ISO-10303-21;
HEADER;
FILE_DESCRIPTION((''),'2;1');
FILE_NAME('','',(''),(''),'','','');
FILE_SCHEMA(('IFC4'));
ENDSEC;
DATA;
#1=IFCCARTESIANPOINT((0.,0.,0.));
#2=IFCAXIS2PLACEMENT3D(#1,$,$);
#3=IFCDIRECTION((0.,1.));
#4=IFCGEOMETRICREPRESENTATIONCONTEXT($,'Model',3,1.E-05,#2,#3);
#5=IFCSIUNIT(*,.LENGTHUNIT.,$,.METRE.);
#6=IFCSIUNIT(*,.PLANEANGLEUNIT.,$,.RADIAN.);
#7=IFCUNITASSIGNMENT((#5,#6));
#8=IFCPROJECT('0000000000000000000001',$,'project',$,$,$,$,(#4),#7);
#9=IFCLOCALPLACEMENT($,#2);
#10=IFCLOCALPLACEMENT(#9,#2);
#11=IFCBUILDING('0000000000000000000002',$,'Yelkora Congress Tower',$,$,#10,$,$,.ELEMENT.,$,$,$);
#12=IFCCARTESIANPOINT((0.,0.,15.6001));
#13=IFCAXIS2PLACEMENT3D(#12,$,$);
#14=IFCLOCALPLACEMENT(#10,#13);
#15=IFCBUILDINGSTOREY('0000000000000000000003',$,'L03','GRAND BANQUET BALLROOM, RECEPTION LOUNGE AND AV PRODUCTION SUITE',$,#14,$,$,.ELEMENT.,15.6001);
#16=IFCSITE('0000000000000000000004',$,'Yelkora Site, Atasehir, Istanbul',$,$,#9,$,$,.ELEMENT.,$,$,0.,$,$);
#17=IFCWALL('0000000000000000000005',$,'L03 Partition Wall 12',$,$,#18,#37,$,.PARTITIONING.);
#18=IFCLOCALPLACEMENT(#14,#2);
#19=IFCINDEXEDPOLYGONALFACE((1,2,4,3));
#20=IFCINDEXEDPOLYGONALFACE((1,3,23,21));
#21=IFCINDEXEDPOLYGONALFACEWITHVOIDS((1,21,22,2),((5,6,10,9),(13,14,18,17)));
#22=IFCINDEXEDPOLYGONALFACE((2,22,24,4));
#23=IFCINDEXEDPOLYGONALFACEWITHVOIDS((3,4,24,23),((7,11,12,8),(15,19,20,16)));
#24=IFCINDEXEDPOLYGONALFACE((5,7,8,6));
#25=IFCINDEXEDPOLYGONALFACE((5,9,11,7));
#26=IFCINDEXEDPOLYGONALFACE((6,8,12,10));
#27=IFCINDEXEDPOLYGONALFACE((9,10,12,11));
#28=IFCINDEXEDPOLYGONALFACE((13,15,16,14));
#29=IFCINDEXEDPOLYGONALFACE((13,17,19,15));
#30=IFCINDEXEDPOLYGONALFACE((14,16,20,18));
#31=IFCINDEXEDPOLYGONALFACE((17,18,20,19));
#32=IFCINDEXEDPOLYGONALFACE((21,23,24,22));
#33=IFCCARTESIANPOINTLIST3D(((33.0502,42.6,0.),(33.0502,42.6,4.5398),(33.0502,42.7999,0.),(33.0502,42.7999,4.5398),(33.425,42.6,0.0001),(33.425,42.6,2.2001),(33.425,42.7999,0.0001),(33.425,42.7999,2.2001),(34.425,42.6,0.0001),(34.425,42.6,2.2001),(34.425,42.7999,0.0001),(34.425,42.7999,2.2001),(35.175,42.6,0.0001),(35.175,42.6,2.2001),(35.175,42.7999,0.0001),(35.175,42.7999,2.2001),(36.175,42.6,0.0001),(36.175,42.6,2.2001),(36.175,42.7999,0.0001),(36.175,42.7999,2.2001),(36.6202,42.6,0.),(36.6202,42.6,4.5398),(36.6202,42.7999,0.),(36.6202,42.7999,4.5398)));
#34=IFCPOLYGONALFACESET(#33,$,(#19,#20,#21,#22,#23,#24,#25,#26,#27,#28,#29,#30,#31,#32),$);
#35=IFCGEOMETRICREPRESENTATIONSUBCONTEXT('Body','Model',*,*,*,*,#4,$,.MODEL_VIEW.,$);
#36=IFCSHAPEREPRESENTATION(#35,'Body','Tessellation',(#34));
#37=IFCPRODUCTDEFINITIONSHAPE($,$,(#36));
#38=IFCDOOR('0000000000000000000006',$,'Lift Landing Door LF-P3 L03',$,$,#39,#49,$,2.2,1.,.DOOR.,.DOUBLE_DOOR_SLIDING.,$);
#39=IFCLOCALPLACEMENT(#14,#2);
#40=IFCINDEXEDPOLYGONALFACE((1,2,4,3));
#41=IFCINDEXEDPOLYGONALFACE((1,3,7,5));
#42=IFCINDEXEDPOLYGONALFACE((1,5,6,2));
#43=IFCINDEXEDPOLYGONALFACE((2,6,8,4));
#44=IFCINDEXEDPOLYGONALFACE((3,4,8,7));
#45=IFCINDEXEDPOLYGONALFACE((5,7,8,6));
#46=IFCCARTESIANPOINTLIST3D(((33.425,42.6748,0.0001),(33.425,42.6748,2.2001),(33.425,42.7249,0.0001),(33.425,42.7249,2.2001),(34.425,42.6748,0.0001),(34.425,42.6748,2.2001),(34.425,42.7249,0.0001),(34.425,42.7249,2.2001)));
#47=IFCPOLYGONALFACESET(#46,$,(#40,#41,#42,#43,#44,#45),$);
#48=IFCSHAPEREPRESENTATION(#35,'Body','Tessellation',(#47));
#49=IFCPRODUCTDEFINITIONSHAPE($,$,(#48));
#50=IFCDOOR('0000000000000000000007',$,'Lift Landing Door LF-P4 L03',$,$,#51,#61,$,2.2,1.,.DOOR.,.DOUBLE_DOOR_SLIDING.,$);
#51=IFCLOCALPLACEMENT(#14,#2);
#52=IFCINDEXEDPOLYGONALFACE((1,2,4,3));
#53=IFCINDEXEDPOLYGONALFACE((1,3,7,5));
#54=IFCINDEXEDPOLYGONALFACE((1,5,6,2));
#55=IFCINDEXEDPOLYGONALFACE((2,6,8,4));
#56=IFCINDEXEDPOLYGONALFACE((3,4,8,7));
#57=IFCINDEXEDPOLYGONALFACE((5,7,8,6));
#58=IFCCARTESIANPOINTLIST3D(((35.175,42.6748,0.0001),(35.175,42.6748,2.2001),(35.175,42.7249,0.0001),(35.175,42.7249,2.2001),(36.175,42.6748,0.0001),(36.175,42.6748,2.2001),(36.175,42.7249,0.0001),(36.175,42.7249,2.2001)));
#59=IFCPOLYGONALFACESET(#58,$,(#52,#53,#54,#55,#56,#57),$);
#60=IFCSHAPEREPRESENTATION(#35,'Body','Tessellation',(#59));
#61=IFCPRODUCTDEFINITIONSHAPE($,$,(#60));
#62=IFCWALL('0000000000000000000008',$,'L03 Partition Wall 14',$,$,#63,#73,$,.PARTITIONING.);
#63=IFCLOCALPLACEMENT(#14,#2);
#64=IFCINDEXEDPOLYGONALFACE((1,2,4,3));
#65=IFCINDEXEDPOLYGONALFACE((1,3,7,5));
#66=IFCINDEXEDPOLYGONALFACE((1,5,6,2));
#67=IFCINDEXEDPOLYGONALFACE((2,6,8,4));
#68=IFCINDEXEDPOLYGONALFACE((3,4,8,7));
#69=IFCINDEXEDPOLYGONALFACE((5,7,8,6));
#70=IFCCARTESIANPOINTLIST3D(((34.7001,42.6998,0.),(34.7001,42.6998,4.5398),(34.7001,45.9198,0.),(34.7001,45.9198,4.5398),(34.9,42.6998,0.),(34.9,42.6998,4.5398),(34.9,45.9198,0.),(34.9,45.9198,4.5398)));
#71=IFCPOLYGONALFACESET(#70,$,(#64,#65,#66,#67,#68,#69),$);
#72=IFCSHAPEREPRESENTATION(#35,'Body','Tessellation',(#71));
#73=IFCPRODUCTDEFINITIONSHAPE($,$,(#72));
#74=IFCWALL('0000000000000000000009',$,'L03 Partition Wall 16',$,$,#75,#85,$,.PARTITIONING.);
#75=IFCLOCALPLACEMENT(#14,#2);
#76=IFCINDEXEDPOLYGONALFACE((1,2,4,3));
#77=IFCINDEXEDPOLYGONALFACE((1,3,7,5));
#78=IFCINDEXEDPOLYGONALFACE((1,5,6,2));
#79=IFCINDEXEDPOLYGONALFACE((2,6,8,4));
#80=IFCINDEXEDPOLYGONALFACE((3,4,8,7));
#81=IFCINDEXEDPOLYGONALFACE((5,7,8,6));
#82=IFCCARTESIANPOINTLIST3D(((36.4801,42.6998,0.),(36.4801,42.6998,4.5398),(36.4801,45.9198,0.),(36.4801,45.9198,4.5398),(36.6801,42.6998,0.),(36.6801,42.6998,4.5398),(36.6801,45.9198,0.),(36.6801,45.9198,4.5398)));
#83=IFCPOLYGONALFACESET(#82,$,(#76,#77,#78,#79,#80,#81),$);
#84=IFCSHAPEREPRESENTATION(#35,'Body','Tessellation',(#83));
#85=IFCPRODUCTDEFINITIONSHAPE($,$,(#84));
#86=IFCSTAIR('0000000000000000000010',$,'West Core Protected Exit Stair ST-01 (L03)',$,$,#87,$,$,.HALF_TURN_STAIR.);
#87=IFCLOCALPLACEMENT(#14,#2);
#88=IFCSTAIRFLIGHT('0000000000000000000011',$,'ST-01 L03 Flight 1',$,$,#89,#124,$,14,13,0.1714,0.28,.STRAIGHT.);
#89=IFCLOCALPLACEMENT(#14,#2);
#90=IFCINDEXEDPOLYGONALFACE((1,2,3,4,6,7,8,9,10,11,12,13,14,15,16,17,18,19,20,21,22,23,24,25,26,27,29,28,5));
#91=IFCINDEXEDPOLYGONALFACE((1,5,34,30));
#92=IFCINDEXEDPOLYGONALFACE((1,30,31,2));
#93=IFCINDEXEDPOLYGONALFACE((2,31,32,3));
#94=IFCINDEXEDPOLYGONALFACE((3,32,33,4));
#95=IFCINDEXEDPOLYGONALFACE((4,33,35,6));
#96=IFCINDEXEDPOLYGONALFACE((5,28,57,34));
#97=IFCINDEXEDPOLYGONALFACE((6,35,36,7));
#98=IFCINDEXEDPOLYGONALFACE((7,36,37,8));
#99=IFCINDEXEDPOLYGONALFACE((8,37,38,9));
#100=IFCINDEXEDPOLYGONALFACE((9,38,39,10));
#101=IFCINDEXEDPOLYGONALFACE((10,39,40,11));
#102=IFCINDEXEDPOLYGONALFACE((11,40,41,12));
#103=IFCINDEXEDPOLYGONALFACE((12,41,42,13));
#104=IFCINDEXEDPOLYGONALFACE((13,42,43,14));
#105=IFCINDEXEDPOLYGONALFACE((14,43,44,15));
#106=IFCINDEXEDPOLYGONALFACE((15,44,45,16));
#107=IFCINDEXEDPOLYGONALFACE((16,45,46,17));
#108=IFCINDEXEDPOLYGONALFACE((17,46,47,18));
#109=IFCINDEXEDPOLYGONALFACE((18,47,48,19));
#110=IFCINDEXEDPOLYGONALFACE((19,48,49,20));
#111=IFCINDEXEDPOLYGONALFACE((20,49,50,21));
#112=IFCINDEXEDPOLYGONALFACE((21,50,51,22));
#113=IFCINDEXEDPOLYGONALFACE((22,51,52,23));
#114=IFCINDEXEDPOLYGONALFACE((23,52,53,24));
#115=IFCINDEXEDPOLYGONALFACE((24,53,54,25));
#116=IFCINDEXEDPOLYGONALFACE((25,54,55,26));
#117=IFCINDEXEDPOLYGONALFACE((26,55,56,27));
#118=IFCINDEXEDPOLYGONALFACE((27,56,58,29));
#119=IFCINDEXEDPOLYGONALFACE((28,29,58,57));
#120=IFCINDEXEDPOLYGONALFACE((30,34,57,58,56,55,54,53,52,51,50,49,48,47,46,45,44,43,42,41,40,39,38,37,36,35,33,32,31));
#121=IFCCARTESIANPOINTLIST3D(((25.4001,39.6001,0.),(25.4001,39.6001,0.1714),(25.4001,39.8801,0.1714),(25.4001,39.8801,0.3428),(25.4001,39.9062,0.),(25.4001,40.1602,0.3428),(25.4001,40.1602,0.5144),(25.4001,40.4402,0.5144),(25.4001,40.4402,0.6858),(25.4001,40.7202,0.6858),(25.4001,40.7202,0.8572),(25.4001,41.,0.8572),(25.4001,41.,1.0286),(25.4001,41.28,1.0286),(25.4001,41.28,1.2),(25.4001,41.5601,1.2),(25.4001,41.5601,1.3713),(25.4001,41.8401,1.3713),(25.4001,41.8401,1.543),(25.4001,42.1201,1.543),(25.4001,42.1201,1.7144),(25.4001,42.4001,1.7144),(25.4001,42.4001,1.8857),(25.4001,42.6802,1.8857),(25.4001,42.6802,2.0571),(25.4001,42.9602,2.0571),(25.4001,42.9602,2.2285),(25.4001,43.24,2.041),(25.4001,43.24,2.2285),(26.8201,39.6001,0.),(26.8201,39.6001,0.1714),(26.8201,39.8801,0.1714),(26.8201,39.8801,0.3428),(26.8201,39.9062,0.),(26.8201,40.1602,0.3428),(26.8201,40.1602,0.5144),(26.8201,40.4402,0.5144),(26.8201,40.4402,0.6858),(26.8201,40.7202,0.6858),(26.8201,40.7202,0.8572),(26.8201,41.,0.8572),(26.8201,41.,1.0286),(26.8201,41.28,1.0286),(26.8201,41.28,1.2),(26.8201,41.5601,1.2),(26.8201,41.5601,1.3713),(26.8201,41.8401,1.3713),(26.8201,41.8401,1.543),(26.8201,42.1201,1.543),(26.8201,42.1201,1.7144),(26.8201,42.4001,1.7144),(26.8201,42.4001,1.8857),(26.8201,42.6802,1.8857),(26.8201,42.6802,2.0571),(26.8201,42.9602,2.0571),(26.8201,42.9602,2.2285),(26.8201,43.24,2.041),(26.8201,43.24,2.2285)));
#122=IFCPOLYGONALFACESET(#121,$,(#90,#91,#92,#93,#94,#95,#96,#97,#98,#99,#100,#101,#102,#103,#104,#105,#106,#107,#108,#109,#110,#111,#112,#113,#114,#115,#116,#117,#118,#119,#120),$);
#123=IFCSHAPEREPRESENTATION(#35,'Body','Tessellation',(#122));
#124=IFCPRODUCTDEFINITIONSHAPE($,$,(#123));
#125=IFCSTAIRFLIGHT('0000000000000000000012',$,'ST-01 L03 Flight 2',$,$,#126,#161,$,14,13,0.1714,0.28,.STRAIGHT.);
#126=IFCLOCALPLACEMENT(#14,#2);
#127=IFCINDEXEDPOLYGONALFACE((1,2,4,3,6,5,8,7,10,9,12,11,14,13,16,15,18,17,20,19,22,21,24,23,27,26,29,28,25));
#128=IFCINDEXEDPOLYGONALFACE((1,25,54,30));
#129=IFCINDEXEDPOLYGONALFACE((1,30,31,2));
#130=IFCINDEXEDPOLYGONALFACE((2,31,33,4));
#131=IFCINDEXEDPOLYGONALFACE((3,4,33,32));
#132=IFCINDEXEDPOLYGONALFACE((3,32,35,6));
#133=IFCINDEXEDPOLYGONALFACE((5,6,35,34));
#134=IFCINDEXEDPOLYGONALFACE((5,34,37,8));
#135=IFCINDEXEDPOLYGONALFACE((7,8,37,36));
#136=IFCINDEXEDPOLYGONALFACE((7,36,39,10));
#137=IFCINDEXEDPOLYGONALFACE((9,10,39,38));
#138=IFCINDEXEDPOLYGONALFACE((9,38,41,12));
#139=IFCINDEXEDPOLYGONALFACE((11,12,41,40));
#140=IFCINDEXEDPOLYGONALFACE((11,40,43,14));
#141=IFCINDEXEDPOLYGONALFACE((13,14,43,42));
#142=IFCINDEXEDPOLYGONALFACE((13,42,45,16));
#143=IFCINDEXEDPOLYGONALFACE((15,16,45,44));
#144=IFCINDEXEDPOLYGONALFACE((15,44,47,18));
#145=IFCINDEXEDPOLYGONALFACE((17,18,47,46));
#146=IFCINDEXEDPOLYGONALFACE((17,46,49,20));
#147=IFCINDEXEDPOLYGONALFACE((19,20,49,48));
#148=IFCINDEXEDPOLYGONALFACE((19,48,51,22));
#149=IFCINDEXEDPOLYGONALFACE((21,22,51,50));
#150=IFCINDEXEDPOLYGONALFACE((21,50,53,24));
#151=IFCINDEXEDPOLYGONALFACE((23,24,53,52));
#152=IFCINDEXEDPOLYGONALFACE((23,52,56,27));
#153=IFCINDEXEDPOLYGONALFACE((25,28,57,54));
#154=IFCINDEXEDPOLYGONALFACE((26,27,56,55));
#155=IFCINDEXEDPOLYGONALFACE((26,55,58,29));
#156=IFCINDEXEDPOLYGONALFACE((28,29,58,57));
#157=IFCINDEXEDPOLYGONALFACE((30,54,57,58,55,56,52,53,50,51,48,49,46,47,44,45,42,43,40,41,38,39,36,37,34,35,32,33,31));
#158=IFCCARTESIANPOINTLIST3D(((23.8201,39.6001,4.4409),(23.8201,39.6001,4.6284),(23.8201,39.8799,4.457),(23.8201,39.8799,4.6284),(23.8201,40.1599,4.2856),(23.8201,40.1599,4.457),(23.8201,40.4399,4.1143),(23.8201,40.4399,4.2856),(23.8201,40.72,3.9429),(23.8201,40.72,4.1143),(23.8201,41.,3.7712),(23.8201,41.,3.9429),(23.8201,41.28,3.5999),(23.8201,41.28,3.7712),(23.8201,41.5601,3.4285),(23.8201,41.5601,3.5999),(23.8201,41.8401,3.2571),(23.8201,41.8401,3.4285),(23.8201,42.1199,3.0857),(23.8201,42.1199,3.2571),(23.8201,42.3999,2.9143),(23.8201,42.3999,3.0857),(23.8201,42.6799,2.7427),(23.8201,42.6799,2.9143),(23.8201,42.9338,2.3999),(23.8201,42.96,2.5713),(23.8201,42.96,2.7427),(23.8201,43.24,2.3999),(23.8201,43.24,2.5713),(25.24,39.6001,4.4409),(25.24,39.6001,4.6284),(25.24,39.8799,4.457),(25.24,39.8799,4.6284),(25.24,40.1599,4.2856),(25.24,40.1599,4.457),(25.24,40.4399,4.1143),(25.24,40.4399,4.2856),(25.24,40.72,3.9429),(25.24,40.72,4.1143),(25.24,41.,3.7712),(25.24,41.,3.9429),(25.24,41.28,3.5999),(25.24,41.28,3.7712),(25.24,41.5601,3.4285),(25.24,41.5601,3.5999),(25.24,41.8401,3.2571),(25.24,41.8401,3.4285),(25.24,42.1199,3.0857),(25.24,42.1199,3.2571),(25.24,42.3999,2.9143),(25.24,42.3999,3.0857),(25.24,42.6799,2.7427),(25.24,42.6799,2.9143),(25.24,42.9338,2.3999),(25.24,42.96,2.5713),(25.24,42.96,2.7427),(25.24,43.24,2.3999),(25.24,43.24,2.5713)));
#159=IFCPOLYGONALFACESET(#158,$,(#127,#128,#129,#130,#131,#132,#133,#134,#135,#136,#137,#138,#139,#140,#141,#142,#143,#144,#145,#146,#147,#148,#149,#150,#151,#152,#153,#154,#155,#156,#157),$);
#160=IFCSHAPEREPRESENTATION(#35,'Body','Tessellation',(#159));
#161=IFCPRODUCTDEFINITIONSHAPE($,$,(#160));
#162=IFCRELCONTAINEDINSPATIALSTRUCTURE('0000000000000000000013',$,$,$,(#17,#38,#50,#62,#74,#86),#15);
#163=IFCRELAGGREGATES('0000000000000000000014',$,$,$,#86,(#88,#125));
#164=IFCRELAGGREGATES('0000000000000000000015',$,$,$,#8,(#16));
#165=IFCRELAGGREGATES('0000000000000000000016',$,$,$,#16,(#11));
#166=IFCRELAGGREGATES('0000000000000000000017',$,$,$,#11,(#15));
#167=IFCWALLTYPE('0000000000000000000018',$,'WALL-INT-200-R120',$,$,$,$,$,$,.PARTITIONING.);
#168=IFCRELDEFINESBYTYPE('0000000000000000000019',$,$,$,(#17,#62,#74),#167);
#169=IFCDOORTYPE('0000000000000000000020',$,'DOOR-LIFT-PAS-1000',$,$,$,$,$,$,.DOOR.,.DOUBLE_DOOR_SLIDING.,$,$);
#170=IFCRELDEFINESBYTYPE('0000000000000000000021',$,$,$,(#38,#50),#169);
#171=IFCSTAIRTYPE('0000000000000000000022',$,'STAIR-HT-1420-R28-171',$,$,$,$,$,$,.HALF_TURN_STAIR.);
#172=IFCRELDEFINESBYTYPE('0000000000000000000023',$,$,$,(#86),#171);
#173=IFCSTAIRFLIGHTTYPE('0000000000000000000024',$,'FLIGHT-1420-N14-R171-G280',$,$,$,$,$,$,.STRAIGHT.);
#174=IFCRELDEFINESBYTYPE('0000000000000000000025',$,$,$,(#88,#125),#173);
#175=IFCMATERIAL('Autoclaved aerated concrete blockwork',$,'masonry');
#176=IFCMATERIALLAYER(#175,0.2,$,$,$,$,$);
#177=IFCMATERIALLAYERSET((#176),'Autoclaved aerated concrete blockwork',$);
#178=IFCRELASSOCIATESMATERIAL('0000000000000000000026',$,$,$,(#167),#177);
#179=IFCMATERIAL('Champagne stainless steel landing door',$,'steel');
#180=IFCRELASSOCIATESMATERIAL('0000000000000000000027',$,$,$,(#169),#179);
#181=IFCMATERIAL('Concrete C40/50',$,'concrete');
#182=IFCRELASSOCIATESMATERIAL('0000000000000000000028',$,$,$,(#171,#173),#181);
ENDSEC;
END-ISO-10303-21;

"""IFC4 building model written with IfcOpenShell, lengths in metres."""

from ifc_helpers import new_model, si_unit, direction, frame, frame_2d, origin, place, context, subcontext, project, spatial, polyline, rectangle, outline, extrude, material, layer, layer_set, type_object, element, fill, aggregate, save


model = new_model("IFC4")

# Units and contexts
model_context = context("Model", 3, precision=1e-05, world=origin(), true_north=direction((0.0, 1.0)))
body_context = subcontext(model_context, "Body", "Model", "MODEL_VIEW")
ifc_project = project(units=[si_unit("LENGTHUNIT", "METRE"), si_unit("PLANEANGLEUNIT", "RADIAN")], contexts=[model_context])

# Site, building, storey
site_placement = place(None, origin())
site = spatial("IfcSite", under=ifc_project, at=site_placement, Name="Yelkora Site, Atasehir, Istanbul", CompositionType="ELEMENT", RefElevation=0.0)
building_placement = place(site_placement, origin())
building = spatial("IfcBuilding", under=site, at=building_placement, Name="Yelkora Congress Tower", CompositionType="ELEMENT")
storey_placement = place(building_placement, frame((0.0, 0.0, 15.6001)))
storey = spatial("IfcBuildingStorey", under=building, at=storey_placement, Name="L03", Description="GRAND BANQUET BALLROOM, RECEPTION LOUNGE AND AV PRODUCTION SUITE", CompositionType="ELEMENT", Elevation=15.6001)

# Shared definitions
ifc_material_1 = material(Name="Autoclaved aerated concrete blockwork", Category="masonry")
ifc_layer_1 = layer(ifc_material_1, 0.2)
ifc_layer_set_1 = layer_set([ifc_layer_1], Name="Autoclaved aerated concrete blockwork")
wall_type = type_object("IfcWallType", Name="WALL-INT-200-R120", PredefinedType="PARTITIONING", material=ifc_layer_set_1)

# Wall, openings, doors
wall_1_placement = place(storey_placement, frame((33.05, 42.7, 0.0), z_axis=(0.0, 0.0, 1.0), x_axis=(1.0, 0.0, 0.0)))
wall_1 = element("IfcWall", 1, at=wall_1_placement, inside=storey, type_object=wall_type, Name="L03 Partition Wall 12", PredefinedType="PARTITIONING", context=body_context, shape_type="SweptSolid", body=[
    extrude(rectangle(XDim=3.5701, YDim=0.2, at=frame_2d((1.7852, 0.0))), origin(), (0.0, 0.0, 1.0), 4.5398),
])
opening_1_placement = place(wall_1_placement, frame((0.375, 0.0, 0.0)))
opening_1 = element("IfcOpeningElement", 2, at=opening_1_placement, cuts=wall_1, PredefinedType="OPENING", context=body_context, shape_type="SweptSolid", body=[
    extrude(rectangle(XDim=1.0, YDim=2.2, at=frame_2d((0.5, 1.1001))), frame((0.0, 0.1099, 0.0), z_axis=(0.0, -1.0, 0.0), x_axis=(1.0, 0.0, 0.0)), (0.0, 0.0, 1.0), 0.22),
])
opening_2_placement = place(wall_1_placement, frame((2.125, 0.0, 0.0)))
opening_2 = element("IfcOpeningElement", 3, at=opening_2_placement, cuts=wall_1, PredefinedType="OPENING", context=body_context, shape_type="SweptSolid", body=[
    extrude(rectangle(XDim=1.0, YDim=2.2, at=frame_2d((0.5, 1.1001))), frame((0.0, 0.1099, 0.0), z_axis=(0.0, -1.0, 0.0), x_axis=(1.0, 0.0, 0.0)), (0.0, 0.0, 1.0), 0.22),
])
ifc_material_2 = material(Name="Champagne stainless steel landing door", Category="steel")
door_type_1 = type_object("IfcDoorType", Name="DOOR-LIFT-PAS-1000", OperationType="DOUBLE_DOOR_SLIDING", PredefinedType="DOOR", material=ifc_material_2)
door_1_placement = place(opening_1_placement, origin())
door_1 = element("IfcDoor", 4, at=door_1_placement, inside=storey, type_object=door_type_1, Name="Lift Landing Door LF-P3 L03", OperationType="DOUBLE_DOOR_SLIDING", OverallHeight=2.2, OverallWidth=1.0, PredefinedType="DOOR", context=body_context, shape_type="SweptSolid", body=[
    extrude(rectangle(XDim=1.0, YDim=2.2, at=frame_2d((0.5, 1.1001))), frame((0.0, 0.0249, 0.0), z_axis=(0.0, -1.0, 0.0), x_axis=(1.0, 0.0, 0.0)), (0.0, 0.0, 1.0), 0.05),
])
fill(opening_1, door_1)
door_2_placement = place(opening_2_placement, origin())
door_2 = element("IfcDoor", 5, at=door_2_placement, inside=storey, type_object=door_type_1, Name="Lift Landing Door LF-P4 L03", OperationType="DOUBLE_DOOR_SLIDING", OverallHeight=2.2, OverallWidth=1.0, PredefinedType="DOOR", context=body_context, shape_type="SweptSolid", body=[
    extrude(rectangle(XDim=1.0, YDim=2.2, at=frame_2d((0.5, 1.1001))), frame((0.0, 0.0249, 0.0), z_axis=(0.0, -1.0, 0.0), x_axis=(1.0, 0.0, 0.0)), (0.0, 0.0, 1.0), 0.05),
])
fill(opening_2, door_2)

# Walls
for number, where, z_axis, x_axis, name in (
    (6, (34.8, 42.7, 0.0), (0.0, 0.0, 1.0), (0.0, 1.0, 0.0), "L03 Partition Wall 14"),
    (7, (36.5801, 42.7, 0.0), (0.0, 0.0, 1.0), (0.0, 1.0, 0.0), "L03 Partition Wall 16"),
):
    element("IfcWall", number, at=place(storey_placement, frame(where, z_axis=z_axis, x_axis=x_axis)), inside=storey, type_object=wall_type, Name=name, PredefinedType="PARTITIONING", context=body_context, shape_type="SweptSolid", body=[
        extrude(rectangle(XDim=3.22, YDim=0.2, at=frame_2d((1.6099, 0.0))), origin(), (0.0, 0.0, 1.0), 4.5398),
    ])

# Stair, stair flights
ifc_material_3 = material(Name="Concrete C40/50", Category="concrete")
stair_type = type_object("IfcStairType", Name="STAIR-HT-1420-R28-171", PredefinedType="HALF_TURN_STAIR", material=ifc_material_3)
stair_placement = place(storey_placement, origin())
stair = element("IfcStair", 8, at=stair_placement, inside=storey, type_object=stair_type, Name="West Core Protected Exit Stair ST-01 (L03)", PredefinedType="HALF_TURN_STAIR")
stair_flight_type = type_object("IfcStairFlightType", Name="FLIGHT-1420-N14-R171-G280", PredefinedType="STRAIGHT", material=ifc_material_3)
stair_flight_1_placement = place(storey_placement, frame((26.1101, 39.6001, 0.0), z_axis=(0.0, 0.0, 1.0), x_axis=(0.0, 1.0, 0.0)))
stair_flight_1 = element("IfcStairFlight", 9, at=stair_flight_1_placement, type_object=stair_flight_type, Name="ST-01 L03 Flight 1", NumberOfRisers=14, NumberOfTreads=13, PredefinedType="STRAIGHT", RiserHeight=0.1714, TreadLength=0.28, context=body_context, shape_type="SweptSolid", body=[
    extrude(outline(polyline([(0.0, 0.0), (0.0, 0.1714), (0.28, 0.1714), (0.28, 0.3428), (0.5601, 0.3428), (0.5601, 0.5144), (0.8401, 0.5144), (0.8401, 0.6858), (1.1201, 0.6858), (1.1201, 0.8572), (1.3999, 0.8572), (1.3999, 1.0286), (1.6799, 1.0286), (1.6799, 1.2), (1.96, 1.2), (1.96, 1.3713), (2.24, 1.3713), (2.24, 1.543), (2.52, 1.543), (2.52, 1.7144), (2.8, 1.7144), (2.8, 1.8857), (3.0801, 1.8857), (3.0801, 2.0571), (3.3601, 2.0571), (3.3601, 2.2285), (3.6399, 2.2285), (3.6399, 2.3999), (3.6399, 2.041), (0.3062, 0.0), (0.0, 0.0)])), frame((0.0, 0.71, 0.0), z_axis=(0.0, -1.0, 0.0), x_axis=(1.0, 0.0, 0.0)), (0.0, 0.0, 1.0), 1.4199),
])
stair_flight_2_placement = place(storey_placement, frame((24.53, 43.24, 2.3999), z_axis=(0.0, 0.0, 1.0), x_axis=(0.0, -1.0, 0.0)))
stair_flight_2 = element("IfcStairFlight", 10, at=stair_flight_2_placement, type_object=stair_flight_type, Name="ST-01 L03 Flight 2", NumberOfRisers=14, NumberOfTreads=13, PredefinedType="STRAIGHT", RiserHeight=0.1714, TreadLength=0.28, context=body_context, shape_type="SweptSolid", body=[
    extrude(outline(polyline([(0.0, 0.0), (0.0, 0.1714), (0.28, 0.1714), (0.28, 0.3428), (0.5601, 0.3428), (0.5601, 0.5144), (0.8401, 0.5144), (0.8401, 0.6858), (1.1201, 0.6858), (1.1201, 0.8572), (1.3999, 0.8572), (1.3999, 1.0286), (1.6799, 1.0286), (1.6799, 1.2), (1.96, 1.2), (1.96, 1.3713), (2.24, 1.3713), (2.24, 1.543), (2.52, 1.543), (2.52, 1.7144), (2.8, 1.7144), (2.8, 1.8857), (3.0801, 1.8857), (3.0801, 2.0571), (3.3601, 2.0571), (3.3601, 2.2285), (3.6399, 2.2285), (3.6399, 2.3999), (3.6399, 2.041), (0.3062, 0.0), (0.0, 0.0)])), frame((0.0, 0.71, 0.0), z_axis=(0.0, -1.0, 0.0), x_axis=(1.0, 0.0, 0.0)), (0.0, 0.0, 1.0), 1.4199),
])
aggregate(stair, [stair_flight_1, stair_flight_2])

save(model, "model.ifc")
